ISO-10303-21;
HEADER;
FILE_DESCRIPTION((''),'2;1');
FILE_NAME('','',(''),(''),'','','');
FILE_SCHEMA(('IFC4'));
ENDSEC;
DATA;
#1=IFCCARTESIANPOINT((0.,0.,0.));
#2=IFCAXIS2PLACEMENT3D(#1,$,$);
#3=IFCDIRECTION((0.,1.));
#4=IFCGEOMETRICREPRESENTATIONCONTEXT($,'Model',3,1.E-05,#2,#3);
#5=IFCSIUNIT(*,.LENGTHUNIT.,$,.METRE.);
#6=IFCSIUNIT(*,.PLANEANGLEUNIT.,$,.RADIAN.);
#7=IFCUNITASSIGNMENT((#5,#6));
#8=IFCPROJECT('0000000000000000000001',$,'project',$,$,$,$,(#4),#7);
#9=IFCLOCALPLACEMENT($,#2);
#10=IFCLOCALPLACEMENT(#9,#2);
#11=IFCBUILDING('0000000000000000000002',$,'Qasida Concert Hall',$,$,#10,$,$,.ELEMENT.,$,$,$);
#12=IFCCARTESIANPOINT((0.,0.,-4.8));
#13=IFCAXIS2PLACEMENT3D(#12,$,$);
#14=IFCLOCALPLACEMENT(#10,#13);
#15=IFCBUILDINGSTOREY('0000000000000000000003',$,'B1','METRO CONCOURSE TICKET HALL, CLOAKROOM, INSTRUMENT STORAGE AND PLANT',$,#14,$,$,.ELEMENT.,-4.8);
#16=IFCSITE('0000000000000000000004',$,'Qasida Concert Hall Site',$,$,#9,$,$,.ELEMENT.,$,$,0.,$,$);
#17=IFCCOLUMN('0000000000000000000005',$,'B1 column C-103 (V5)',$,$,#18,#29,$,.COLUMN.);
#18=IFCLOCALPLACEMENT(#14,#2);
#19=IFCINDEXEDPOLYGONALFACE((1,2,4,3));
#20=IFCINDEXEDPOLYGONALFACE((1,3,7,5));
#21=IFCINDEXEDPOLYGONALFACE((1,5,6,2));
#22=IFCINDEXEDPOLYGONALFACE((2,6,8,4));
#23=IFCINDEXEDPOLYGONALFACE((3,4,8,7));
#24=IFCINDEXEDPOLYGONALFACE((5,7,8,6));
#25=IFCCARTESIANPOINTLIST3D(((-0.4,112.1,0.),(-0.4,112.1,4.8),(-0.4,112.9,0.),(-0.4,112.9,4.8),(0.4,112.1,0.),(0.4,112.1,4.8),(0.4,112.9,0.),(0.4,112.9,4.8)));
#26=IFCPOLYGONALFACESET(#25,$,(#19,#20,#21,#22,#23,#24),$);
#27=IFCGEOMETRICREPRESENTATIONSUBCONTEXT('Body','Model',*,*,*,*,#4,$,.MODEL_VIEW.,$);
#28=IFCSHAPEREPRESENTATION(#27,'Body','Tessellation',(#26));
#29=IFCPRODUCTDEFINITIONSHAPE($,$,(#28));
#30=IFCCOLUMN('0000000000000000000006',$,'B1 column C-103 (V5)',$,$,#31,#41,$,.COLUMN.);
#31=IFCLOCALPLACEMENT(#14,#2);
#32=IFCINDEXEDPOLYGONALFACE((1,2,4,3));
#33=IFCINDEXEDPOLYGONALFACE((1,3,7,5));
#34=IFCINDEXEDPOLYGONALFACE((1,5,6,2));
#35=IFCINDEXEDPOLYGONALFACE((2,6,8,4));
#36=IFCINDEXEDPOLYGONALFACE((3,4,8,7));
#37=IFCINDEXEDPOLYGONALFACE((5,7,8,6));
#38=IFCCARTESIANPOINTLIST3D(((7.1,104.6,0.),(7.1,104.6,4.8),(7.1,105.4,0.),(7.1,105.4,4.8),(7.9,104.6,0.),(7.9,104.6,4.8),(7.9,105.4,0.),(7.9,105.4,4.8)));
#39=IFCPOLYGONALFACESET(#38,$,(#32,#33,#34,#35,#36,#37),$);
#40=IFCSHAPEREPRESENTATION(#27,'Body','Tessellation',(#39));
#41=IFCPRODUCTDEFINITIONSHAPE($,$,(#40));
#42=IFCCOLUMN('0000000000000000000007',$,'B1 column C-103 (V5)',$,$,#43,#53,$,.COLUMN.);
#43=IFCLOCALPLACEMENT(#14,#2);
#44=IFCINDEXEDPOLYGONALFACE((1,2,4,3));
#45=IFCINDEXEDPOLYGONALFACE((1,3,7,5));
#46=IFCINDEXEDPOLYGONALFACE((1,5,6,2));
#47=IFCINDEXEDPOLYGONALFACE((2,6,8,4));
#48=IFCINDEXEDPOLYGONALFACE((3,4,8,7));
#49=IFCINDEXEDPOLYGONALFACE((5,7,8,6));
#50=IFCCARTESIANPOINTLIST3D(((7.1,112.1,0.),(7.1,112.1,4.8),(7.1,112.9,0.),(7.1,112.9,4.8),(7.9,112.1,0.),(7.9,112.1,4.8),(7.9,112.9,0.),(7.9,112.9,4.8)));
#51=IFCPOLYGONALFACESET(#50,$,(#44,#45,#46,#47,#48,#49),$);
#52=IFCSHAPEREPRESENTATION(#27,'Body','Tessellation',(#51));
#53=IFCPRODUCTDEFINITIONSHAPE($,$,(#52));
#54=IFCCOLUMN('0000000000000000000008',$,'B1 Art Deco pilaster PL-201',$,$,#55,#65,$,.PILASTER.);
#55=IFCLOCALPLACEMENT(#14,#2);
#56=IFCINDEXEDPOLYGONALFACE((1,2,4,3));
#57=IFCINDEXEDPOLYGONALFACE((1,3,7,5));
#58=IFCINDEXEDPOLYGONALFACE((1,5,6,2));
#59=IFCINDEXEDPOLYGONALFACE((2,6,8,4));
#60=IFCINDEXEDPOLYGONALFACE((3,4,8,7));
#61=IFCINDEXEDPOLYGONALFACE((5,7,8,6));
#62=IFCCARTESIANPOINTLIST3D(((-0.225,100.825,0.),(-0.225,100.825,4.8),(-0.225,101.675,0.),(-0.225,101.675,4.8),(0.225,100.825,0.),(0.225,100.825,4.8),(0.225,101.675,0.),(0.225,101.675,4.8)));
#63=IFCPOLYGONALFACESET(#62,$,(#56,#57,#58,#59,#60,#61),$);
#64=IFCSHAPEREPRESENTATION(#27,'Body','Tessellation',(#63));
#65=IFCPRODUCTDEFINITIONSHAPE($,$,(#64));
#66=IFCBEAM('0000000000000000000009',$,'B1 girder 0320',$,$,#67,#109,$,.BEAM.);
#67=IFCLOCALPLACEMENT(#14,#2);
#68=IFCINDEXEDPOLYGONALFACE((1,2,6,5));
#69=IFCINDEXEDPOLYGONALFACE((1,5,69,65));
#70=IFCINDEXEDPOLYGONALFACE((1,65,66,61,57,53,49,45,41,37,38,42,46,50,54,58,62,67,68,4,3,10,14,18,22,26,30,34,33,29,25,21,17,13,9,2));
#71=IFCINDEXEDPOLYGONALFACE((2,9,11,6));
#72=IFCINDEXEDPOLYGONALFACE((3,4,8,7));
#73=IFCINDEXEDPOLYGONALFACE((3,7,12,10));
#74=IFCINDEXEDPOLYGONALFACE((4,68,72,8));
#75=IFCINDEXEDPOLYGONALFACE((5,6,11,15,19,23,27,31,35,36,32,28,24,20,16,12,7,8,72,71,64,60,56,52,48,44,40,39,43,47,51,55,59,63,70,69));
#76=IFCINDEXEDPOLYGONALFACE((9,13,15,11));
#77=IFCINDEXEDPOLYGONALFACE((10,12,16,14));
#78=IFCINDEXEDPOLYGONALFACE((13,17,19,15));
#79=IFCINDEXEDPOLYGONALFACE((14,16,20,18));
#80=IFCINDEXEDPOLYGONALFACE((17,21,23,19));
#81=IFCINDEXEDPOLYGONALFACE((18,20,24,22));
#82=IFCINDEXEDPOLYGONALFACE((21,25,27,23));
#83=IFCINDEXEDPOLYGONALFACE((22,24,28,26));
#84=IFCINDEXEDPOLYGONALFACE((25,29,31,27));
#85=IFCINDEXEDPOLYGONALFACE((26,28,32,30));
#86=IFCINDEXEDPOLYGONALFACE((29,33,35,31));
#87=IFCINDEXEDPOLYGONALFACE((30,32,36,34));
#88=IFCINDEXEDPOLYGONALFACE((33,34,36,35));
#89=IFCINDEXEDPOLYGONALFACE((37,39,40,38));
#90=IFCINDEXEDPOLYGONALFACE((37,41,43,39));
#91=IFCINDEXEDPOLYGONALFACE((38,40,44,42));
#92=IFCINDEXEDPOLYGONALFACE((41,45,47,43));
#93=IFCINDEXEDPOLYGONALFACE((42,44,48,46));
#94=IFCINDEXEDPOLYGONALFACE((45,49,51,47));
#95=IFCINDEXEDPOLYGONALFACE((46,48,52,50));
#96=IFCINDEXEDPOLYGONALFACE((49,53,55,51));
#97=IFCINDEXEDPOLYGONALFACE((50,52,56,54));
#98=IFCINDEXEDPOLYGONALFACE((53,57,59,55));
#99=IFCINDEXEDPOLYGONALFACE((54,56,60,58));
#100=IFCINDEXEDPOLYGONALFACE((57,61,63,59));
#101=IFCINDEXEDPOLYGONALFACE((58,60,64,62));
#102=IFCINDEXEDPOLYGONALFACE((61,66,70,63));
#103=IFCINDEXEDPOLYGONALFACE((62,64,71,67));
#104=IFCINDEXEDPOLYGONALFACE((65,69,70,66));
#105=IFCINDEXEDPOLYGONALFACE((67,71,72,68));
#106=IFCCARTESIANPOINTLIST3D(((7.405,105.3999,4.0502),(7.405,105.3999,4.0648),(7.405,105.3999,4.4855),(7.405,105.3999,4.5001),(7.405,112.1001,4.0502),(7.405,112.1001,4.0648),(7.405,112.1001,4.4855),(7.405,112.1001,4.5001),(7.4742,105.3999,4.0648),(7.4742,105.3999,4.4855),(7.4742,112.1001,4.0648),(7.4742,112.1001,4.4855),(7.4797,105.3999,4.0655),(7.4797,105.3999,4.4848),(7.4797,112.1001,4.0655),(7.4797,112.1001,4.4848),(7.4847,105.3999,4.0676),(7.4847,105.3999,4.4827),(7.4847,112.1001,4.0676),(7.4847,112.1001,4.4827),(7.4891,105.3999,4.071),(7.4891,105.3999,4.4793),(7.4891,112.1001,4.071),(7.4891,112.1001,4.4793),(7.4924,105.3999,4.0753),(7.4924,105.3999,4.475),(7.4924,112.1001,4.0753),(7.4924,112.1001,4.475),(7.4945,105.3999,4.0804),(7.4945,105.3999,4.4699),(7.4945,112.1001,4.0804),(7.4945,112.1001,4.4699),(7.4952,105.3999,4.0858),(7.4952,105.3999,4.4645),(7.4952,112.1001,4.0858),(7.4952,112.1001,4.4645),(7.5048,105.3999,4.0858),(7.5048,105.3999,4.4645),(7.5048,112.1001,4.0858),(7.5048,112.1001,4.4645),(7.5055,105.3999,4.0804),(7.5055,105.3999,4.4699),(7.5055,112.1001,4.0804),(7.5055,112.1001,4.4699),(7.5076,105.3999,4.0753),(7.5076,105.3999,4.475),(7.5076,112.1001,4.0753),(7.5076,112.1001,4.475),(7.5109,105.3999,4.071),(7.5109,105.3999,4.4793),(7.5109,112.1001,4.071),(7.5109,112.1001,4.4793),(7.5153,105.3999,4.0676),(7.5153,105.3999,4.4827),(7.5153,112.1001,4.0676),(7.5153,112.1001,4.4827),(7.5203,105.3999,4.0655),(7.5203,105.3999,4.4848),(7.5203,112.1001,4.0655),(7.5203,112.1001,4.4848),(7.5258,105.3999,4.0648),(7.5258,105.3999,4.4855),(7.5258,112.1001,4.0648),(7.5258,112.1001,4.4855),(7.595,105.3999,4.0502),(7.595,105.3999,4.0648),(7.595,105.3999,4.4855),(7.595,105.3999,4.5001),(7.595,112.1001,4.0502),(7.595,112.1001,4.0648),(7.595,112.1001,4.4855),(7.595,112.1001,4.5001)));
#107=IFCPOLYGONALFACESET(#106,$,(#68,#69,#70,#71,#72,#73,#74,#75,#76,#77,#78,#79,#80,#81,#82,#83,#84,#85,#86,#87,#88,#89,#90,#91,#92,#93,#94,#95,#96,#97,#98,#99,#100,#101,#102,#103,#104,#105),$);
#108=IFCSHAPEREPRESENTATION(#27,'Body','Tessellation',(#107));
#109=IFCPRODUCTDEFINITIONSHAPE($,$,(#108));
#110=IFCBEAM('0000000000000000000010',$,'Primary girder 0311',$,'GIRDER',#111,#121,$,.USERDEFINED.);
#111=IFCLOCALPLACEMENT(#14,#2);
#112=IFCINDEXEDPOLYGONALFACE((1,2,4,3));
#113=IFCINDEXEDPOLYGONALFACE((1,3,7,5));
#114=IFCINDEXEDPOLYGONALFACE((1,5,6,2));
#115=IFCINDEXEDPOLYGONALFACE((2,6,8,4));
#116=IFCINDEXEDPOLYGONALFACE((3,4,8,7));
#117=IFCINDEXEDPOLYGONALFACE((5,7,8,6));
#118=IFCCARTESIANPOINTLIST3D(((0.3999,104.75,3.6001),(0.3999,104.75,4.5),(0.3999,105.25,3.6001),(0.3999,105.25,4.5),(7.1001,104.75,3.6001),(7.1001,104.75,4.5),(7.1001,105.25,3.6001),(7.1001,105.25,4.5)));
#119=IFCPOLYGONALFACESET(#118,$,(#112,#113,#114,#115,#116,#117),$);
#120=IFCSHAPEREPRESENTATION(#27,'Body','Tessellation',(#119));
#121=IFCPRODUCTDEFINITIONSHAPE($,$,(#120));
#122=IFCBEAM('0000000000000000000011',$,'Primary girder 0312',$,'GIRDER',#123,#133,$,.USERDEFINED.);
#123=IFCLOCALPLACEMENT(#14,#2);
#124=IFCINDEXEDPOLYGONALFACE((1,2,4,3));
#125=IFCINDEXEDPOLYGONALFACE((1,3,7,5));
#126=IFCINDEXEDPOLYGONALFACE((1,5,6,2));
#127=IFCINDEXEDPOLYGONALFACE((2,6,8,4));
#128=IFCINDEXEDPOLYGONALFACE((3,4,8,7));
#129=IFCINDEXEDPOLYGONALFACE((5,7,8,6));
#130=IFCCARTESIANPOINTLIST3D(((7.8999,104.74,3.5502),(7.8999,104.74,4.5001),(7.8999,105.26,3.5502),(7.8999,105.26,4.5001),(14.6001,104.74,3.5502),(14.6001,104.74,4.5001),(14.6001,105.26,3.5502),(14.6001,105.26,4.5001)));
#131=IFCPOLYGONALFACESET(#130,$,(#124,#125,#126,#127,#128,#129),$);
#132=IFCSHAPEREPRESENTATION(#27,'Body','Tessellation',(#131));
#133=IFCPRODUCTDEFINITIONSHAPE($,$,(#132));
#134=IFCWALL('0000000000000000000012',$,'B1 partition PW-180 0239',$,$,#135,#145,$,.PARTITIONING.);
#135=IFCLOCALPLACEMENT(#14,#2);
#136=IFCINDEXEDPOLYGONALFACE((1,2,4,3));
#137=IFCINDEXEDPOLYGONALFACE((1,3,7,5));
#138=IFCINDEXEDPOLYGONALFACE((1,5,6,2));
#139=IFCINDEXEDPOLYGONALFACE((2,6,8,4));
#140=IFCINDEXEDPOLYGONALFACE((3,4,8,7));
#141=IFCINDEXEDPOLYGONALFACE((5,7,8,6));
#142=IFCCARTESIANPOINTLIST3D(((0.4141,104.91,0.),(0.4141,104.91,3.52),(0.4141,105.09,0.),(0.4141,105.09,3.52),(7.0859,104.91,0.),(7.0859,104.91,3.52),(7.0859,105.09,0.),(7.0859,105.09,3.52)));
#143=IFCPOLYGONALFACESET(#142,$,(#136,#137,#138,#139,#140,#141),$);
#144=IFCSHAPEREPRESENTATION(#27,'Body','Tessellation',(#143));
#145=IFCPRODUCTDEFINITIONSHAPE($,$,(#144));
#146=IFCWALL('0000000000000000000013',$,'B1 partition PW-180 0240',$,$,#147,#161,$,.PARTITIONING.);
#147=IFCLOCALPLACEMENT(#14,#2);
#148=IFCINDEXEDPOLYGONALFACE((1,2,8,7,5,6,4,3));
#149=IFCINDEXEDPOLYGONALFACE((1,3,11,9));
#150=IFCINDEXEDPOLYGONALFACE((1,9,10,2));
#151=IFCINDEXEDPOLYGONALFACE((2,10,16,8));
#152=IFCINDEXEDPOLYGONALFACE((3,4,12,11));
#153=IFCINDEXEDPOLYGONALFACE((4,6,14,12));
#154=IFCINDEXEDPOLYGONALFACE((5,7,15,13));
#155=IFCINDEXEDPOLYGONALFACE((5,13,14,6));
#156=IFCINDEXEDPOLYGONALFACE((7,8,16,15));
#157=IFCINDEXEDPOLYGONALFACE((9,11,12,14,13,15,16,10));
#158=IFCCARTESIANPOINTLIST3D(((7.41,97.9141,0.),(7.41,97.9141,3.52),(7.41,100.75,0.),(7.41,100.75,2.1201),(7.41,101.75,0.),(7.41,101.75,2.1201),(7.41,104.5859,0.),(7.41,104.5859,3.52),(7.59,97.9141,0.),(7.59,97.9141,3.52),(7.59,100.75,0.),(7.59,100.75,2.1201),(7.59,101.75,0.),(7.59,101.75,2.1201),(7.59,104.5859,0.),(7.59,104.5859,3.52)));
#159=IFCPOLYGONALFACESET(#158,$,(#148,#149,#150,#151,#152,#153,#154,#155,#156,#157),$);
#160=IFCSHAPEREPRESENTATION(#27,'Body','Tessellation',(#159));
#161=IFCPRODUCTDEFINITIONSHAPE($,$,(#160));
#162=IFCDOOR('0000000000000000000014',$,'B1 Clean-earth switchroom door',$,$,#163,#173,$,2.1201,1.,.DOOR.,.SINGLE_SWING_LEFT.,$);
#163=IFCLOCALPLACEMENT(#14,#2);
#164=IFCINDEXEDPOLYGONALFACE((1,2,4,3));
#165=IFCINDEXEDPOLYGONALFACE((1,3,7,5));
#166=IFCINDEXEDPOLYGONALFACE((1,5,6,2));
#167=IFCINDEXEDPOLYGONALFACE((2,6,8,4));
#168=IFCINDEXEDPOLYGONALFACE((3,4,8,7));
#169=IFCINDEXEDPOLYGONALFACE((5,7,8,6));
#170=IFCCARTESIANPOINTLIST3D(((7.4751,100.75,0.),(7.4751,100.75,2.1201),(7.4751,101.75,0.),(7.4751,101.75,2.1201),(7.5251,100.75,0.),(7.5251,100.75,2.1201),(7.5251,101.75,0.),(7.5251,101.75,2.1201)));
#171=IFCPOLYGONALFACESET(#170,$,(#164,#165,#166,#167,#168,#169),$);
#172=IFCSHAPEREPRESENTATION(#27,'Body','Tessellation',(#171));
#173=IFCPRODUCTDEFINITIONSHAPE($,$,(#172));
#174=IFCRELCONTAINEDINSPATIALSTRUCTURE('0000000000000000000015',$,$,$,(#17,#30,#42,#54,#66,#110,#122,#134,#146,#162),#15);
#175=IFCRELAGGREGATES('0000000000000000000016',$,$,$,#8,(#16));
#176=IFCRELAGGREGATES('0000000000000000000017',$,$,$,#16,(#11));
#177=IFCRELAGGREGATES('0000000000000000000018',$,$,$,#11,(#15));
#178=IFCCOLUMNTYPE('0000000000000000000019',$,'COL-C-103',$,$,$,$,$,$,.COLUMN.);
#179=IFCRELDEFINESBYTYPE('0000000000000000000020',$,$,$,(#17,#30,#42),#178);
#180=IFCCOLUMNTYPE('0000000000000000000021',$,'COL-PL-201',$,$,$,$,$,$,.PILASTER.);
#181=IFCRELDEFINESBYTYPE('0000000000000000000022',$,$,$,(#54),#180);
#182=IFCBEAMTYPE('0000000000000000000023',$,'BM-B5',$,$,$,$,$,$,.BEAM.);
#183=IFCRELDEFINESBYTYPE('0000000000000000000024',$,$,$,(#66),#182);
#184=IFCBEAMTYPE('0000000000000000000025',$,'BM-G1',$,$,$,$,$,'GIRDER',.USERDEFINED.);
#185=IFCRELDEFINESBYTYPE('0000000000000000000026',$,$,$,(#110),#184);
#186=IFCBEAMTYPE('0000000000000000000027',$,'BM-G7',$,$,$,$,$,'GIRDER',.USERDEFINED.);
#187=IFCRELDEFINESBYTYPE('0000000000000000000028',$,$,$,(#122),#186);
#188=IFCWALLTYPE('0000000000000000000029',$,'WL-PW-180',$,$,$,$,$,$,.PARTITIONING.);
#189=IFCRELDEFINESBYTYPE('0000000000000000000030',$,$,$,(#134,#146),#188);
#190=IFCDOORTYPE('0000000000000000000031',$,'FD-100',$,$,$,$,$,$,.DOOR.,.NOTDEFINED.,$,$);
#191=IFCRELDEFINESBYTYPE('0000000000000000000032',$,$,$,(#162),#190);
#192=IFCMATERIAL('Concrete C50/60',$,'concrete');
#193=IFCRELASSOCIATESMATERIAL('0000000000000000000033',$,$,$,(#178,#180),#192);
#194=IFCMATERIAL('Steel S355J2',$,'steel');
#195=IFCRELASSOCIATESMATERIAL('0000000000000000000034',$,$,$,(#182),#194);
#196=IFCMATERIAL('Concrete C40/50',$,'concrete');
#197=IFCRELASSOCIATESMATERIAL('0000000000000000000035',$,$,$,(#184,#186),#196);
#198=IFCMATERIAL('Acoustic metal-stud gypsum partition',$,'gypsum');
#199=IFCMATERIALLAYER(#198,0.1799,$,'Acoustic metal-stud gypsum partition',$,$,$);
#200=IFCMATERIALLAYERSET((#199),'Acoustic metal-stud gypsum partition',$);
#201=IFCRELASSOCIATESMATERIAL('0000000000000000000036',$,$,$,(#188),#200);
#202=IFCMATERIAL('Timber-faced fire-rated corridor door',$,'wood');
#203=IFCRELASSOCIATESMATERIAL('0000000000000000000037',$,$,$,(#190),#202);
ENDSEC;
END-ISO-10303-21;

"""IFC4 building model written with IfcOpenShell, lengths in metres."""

from ifc_helpers import new_model, si_unit, direction, frame, frame_2d, origin, origin_2d, place, context, subcontext, project, spatial, rectangle, i_section, extrude, material, layer, layer_set, material_profile, profile_set, type_object, element, fill, save


model = new_model("IFC4")

# Units and contexts
model_context = context("Model", 3, precision=1e-05, world=origin(), true_north=direction((0.0, 1.0)))
body_context = subcontext(model_context, "Body", "Model", "MODEL_VIEW")
ifc_project = project(units=[si_unit("LENGTHUNIT", "METRE"), si_unit("PLANEANGLEUNIT", "RADIAN")], contexts=[model_context])

# Site, building, storey
site_placement = place(None, origin())
site = spatial("IfcSite", under=ifc_project, at=site_placement, Name="Qasida Concert Hall Site", CompositionType="ELEMENT", RefElevation=0.0)
building_placement = place(site_placement, origin())
building = spatial("IfcBuilding", under=site, at=building_placement, Name="Qasida Concert Hall", CompositionType="ELEMENT")
storey_placement = place(building_placement, frame((0.0, 0.0, -4.8)))
storey = spatial("IfcBuildingStorey", under=building, at=storey_placement, Name="B1", Description="METRO CONCOURSE TICKET HALL, CLOAKROOM, INSTRUMENT STORAGE AND PLANT", CompositionType="ELEMENT", Elevation=-4.8)

# Shared definitions
ifc_material_1 = material(Name="Concrete C40/50", Category="concrete")

# Columns
ifc_material_2 = material(Name="Concrete C50/60", Category="concrete")
ifc_material_profile_1 = material_profile(ifc_material_2, rectangle(XDim=0.8, YDim=0.8, at=origin_2d()), Name="RC 800x800")
ifc_profile_set_1 = profile_set([ifc_material_profile_1], Name="Concrete C50/60")
column_type_1 = type_object("IfcColumnType", Name="COL-C-103", PredefinedType="COLUMN", material=ifc_profile_set_1)
for number, where, z_axis, x_axis, name in (
    (1, (0.0, 112.5, 0.0), (0.0, 0.0, 1.0), (1.0, 0.0, 0.0), "B1 column C-103 (V5)"),
    (2, (7.5, 105.0, 0.0), (0.0, 0.0, 1.0), (1.0, 0.0, 0.0), "B1 column C-103 (V5)"),
    (3, (7.5, 112.5, 0.0), (0.0, 0.0, 1.0), (1.0, 0.0, 0.0), "B1 column C-103 (V5)"),
):
    element("IfcColumn", number, at=place(storey_placement, frame(where, z_axis=z_axis, x_axis=x_axis)), inside=storey, type_object=column_type_1, Name=name, PredefinedType="COLUMN", context=body_context, shape_type="SweptSolid", body=[
        extrude(rectangle(XDim=0.8, YDim=0.8, at=origin_2d()), origin(), (0.0, 0.0, 1.0), 4.8),
    ])
ifc_material_profile_2 = material_profile(ifc_material_2, rectangle(XDim=0.45, YDim=0.8501, at=origin_2d()), Name="RC 450x850")
ifc_profile_set_2 = profile_set([ifc_material_profile_2], Name="Concrete C50/60")
column_type_2 = type_object("IfcColumnType", Name="COL-PL-201", PredefinedType="PILASTER", material=ifc_profile_set_2)
column_placement = place(storey_placement, frame((0.0, 101.25, 0.0), z_axis=(0.0, 0.0, 1.0), x_axis=(1.0, 0.0, 0.0)))
element("IfcColumn", 4, at=column_placement, inside=storey, type_object=column_type_2, Name="B1 Art Deco pilaster PL-201", PredefinedType="PILASTER", context=body_context, shape_type="SweptSolid", body=[
    extrude(rectangle(XDim=0.45, YDim=0.8501, at=origin_2d()), origin(), (0.0, 0.0, 1.0), 4.8),
])

# Beams
ifc_material_3 = material(Name="Steel S355J2", Category="steel")
ifc_material_profile_3 = material_profile(ifc_material_3, i_section(OverallWidth=0.1899, OverallDepth=0.45, WebThickness=0.0095, FlangeThickness=0.0146, FilletRadius=0.021, at=origin_2d()), Name="IPE 450")
ifc_profile_set_3 = profile_set([ifc_material_profile_3], Name="Steel S355J2")
beam_type_1 = type_object("IfcBeamType", Name="BM-B5", PredefinedType="BEAM", material=ifc_profile_set_3)
beam_1_placement = place(storey_placement, frame((7.5, 105.3999, 4.2751), z_axis=(0.0, 1.0, 0.0), x_axis=(-1.0, 0.0, 0.0)))
element("IfcBeam", 5, at=beam_1_placement, inside=storey, type_object=beam_type_1, Name="B1 girder 0320", PredefinedType="BEAM", context=body_context, shape_type="SweptSolid", body=[
    extrude(i_section(OverallWidth=0.1899, OverallDepth=0.45, WebThickness=0.0095, FlangeThickness=0.0146, FilletRadius=0.021, at=origin_2d()), origin(), (0.0, 0.0, 1.0), 6.7002),
])
ifc_material_profile_4 = material_profile(ifc_material_1, rectangle(XDim=0.5, YDim=0.8999, at=origin_2d()), Name="RC 500x900")
ifc_profile_set_4 = profile_set([ifc_material_profile_4], Name="Concrete C40/50")
beam_type_2 = type_object("IfcBeamType", Name="BM-G1", ElementType="GIRDER", PredefinedType="USERDEFINED", material=ifc_profile_set_4)
beam_2_placement = place(storey_placement, frame((0.3999, 105.0, 4.05), z_axis=(1.0, 0.0, 0.0), x_axis=(0.0, 1.0, 0.0)))
element("IfcBeam", 6, at=beam_2_placement, inside=storey, type_object=beam_type_2, Name="Primary girder 0311", ObjectType="GIRDER", PredefinedType="USERDEFINED", context=body_context, shape_type="SweptSolid", body=[
    extrude(rectangle(XDim=0.5, YDim=0.8999, at=origin_2d()), origin(), (0.0, 0.0, 1.0), 6.7002),
])
ifc_material_profile_5 = material_profile(ifc_material_1, rectangle(XDim=0.52, YDim=0.95, at=origin_2d()), Name="RC 520x950")
ifc_profile_set_5 = profile_set([ifc_material_profile_5], Name="Concrete C40/50")
beam_type_3 = type_object("IfcBeamType", Name="BM-G7", ElementType="GIRDER", PredefinedType="USERDEFINED", material=ifc_profile_set_5)
beam_3_placement = place(storey_placement, frame((7.8999, 105.0, 4.0251), z_axis=(1.0, 0.0, 0.0), x_axis=(0.0, 1.0, 0.0)))
element("IfcBeam", 7, at=beam_3_placement, inside=storey, type_object=beam_type_3, Name="Primary girder 0312", ObjectType="GIRDER", PredefinedType="USERDEFINED", context=body_context, shape_type="SweptSolid", body=[
    extrude(rectangle(XDim=0.52, YDim=0.95, at=origin_2d()), origin(), (0.0, 0.0, 1.0), 6.7002),
])

# Wall
ifc_material_4 = material(Name="Acoustic metal-stud gypsum partition", Category="gypsum")
ifc_layer_1 = layer(ifc_material_4, 0.1799, Name="Acoustic metal-stud gypsum partition")
ifc_layer_set_1 = layer_set([ifc_layer_1], Name="Acoustic metal-stud gypsum partition")
wall_type_1 = type_object("IfcWallType", Name="WL-PW-180", PredefinedType="PARTITIONING", material=ifc_layer_set_1)
wall_1_placement = place(storey_placement, frame((0.4141, 105.0, 0.0), z_axis=(0.0, 0.0, 1.0), x_axis=(1.0, 0.0, 0.0)))
element("IfcWall", 8, at=wall_1_placement, inside=storey, type_object=wall_type_1, Name="B1 partition PW-180 0239", PredefinedType="PARTITIONING", context=body_context, shape_type="SweptSolid", body=[
    extrude(rectangle(XDim=6.6719, YDim=0.1799, at=frame_2d((3.3359, 0.0))), origin(), (0.0, 0.0, 1.0), 3.52),
])

# Wall, opening, door
wall_2_placement = place(storey_placement, frame((7.5, 97.9141, 0.0), z_axis=(0.0, 0.0, 1.0), x_axis=(0.0, 1.0, 0.0)))
wall_2 = element("IfcWall", 9, at=wall_2_placement, inside=storey, type_object=wall_type_1, Name="B1 partition PW-180 0240", PredefinedType="PARTITIONING", context=body_context, shape_type="SweptSolid", body=[
    extrude(rectangle(XDim=6.6719, YDim=0.1799, at=frame_2d((3.3359, 0.0))), origin(), (0.0, 0.0, 1.0), 3.52),
])
opening_1_placement = place(wall_2_placement, frame((2.8359, 0.0, 0.0)))
opening_1 = element("IfcOpeningElement", 10, at=opening_1_placement, cuts=wall_2, PredefinedType="OPENING", context=body_context, shape_type="SweptSolid", body=[
    extrude(rectangle(XDim=1.0, YDim=2.1201, at=frame_2d((0.5, 1.0601))), frame((0.0, 0.0999, 0.0), z_axis=(0.0, -1.0, 0.0), x_axis=(1.0, 0.0, 0.0)), (0.0, 0.0, 1.0), 0.2),
])
ifc_material_5 = material(Name="Timber-faced fire-rated corridor door", Category="wood")
door_type = type_object("IfcDoorType", Name="FD-100", OperationType="NOTDEFINED", PredefinedType="DOOR", material=ifc_material_5)
door_1_placement = place(opening_1_placement, origin())
door_1 = element("IfcDoor", 11, at=door_1_placement, inside=storey, type_object=door_type, Name="B1 Clean-earth switchroom door", OperationType="SINGLE_SWING_LEFT", OverallHeight=2.1201, OverallWidth=1.0, PredefinedType="DOOR", context=body_context, shape_type="SweptSolid", body=[
    extrude(rectangle(XDim=1.0, YDim=2.1201, at=frame_2d((0.5, 1.0601))), frame((0.0, 0.0249, 0.0), z_axis=(0.0, -1.0, 0.0), x_axis=(1.0, 0.0, 0.0)), (0.0, 0.0, 1.0), 0.05),
])
fill(opening_1, door_1)

save(model, "model.ifc")
